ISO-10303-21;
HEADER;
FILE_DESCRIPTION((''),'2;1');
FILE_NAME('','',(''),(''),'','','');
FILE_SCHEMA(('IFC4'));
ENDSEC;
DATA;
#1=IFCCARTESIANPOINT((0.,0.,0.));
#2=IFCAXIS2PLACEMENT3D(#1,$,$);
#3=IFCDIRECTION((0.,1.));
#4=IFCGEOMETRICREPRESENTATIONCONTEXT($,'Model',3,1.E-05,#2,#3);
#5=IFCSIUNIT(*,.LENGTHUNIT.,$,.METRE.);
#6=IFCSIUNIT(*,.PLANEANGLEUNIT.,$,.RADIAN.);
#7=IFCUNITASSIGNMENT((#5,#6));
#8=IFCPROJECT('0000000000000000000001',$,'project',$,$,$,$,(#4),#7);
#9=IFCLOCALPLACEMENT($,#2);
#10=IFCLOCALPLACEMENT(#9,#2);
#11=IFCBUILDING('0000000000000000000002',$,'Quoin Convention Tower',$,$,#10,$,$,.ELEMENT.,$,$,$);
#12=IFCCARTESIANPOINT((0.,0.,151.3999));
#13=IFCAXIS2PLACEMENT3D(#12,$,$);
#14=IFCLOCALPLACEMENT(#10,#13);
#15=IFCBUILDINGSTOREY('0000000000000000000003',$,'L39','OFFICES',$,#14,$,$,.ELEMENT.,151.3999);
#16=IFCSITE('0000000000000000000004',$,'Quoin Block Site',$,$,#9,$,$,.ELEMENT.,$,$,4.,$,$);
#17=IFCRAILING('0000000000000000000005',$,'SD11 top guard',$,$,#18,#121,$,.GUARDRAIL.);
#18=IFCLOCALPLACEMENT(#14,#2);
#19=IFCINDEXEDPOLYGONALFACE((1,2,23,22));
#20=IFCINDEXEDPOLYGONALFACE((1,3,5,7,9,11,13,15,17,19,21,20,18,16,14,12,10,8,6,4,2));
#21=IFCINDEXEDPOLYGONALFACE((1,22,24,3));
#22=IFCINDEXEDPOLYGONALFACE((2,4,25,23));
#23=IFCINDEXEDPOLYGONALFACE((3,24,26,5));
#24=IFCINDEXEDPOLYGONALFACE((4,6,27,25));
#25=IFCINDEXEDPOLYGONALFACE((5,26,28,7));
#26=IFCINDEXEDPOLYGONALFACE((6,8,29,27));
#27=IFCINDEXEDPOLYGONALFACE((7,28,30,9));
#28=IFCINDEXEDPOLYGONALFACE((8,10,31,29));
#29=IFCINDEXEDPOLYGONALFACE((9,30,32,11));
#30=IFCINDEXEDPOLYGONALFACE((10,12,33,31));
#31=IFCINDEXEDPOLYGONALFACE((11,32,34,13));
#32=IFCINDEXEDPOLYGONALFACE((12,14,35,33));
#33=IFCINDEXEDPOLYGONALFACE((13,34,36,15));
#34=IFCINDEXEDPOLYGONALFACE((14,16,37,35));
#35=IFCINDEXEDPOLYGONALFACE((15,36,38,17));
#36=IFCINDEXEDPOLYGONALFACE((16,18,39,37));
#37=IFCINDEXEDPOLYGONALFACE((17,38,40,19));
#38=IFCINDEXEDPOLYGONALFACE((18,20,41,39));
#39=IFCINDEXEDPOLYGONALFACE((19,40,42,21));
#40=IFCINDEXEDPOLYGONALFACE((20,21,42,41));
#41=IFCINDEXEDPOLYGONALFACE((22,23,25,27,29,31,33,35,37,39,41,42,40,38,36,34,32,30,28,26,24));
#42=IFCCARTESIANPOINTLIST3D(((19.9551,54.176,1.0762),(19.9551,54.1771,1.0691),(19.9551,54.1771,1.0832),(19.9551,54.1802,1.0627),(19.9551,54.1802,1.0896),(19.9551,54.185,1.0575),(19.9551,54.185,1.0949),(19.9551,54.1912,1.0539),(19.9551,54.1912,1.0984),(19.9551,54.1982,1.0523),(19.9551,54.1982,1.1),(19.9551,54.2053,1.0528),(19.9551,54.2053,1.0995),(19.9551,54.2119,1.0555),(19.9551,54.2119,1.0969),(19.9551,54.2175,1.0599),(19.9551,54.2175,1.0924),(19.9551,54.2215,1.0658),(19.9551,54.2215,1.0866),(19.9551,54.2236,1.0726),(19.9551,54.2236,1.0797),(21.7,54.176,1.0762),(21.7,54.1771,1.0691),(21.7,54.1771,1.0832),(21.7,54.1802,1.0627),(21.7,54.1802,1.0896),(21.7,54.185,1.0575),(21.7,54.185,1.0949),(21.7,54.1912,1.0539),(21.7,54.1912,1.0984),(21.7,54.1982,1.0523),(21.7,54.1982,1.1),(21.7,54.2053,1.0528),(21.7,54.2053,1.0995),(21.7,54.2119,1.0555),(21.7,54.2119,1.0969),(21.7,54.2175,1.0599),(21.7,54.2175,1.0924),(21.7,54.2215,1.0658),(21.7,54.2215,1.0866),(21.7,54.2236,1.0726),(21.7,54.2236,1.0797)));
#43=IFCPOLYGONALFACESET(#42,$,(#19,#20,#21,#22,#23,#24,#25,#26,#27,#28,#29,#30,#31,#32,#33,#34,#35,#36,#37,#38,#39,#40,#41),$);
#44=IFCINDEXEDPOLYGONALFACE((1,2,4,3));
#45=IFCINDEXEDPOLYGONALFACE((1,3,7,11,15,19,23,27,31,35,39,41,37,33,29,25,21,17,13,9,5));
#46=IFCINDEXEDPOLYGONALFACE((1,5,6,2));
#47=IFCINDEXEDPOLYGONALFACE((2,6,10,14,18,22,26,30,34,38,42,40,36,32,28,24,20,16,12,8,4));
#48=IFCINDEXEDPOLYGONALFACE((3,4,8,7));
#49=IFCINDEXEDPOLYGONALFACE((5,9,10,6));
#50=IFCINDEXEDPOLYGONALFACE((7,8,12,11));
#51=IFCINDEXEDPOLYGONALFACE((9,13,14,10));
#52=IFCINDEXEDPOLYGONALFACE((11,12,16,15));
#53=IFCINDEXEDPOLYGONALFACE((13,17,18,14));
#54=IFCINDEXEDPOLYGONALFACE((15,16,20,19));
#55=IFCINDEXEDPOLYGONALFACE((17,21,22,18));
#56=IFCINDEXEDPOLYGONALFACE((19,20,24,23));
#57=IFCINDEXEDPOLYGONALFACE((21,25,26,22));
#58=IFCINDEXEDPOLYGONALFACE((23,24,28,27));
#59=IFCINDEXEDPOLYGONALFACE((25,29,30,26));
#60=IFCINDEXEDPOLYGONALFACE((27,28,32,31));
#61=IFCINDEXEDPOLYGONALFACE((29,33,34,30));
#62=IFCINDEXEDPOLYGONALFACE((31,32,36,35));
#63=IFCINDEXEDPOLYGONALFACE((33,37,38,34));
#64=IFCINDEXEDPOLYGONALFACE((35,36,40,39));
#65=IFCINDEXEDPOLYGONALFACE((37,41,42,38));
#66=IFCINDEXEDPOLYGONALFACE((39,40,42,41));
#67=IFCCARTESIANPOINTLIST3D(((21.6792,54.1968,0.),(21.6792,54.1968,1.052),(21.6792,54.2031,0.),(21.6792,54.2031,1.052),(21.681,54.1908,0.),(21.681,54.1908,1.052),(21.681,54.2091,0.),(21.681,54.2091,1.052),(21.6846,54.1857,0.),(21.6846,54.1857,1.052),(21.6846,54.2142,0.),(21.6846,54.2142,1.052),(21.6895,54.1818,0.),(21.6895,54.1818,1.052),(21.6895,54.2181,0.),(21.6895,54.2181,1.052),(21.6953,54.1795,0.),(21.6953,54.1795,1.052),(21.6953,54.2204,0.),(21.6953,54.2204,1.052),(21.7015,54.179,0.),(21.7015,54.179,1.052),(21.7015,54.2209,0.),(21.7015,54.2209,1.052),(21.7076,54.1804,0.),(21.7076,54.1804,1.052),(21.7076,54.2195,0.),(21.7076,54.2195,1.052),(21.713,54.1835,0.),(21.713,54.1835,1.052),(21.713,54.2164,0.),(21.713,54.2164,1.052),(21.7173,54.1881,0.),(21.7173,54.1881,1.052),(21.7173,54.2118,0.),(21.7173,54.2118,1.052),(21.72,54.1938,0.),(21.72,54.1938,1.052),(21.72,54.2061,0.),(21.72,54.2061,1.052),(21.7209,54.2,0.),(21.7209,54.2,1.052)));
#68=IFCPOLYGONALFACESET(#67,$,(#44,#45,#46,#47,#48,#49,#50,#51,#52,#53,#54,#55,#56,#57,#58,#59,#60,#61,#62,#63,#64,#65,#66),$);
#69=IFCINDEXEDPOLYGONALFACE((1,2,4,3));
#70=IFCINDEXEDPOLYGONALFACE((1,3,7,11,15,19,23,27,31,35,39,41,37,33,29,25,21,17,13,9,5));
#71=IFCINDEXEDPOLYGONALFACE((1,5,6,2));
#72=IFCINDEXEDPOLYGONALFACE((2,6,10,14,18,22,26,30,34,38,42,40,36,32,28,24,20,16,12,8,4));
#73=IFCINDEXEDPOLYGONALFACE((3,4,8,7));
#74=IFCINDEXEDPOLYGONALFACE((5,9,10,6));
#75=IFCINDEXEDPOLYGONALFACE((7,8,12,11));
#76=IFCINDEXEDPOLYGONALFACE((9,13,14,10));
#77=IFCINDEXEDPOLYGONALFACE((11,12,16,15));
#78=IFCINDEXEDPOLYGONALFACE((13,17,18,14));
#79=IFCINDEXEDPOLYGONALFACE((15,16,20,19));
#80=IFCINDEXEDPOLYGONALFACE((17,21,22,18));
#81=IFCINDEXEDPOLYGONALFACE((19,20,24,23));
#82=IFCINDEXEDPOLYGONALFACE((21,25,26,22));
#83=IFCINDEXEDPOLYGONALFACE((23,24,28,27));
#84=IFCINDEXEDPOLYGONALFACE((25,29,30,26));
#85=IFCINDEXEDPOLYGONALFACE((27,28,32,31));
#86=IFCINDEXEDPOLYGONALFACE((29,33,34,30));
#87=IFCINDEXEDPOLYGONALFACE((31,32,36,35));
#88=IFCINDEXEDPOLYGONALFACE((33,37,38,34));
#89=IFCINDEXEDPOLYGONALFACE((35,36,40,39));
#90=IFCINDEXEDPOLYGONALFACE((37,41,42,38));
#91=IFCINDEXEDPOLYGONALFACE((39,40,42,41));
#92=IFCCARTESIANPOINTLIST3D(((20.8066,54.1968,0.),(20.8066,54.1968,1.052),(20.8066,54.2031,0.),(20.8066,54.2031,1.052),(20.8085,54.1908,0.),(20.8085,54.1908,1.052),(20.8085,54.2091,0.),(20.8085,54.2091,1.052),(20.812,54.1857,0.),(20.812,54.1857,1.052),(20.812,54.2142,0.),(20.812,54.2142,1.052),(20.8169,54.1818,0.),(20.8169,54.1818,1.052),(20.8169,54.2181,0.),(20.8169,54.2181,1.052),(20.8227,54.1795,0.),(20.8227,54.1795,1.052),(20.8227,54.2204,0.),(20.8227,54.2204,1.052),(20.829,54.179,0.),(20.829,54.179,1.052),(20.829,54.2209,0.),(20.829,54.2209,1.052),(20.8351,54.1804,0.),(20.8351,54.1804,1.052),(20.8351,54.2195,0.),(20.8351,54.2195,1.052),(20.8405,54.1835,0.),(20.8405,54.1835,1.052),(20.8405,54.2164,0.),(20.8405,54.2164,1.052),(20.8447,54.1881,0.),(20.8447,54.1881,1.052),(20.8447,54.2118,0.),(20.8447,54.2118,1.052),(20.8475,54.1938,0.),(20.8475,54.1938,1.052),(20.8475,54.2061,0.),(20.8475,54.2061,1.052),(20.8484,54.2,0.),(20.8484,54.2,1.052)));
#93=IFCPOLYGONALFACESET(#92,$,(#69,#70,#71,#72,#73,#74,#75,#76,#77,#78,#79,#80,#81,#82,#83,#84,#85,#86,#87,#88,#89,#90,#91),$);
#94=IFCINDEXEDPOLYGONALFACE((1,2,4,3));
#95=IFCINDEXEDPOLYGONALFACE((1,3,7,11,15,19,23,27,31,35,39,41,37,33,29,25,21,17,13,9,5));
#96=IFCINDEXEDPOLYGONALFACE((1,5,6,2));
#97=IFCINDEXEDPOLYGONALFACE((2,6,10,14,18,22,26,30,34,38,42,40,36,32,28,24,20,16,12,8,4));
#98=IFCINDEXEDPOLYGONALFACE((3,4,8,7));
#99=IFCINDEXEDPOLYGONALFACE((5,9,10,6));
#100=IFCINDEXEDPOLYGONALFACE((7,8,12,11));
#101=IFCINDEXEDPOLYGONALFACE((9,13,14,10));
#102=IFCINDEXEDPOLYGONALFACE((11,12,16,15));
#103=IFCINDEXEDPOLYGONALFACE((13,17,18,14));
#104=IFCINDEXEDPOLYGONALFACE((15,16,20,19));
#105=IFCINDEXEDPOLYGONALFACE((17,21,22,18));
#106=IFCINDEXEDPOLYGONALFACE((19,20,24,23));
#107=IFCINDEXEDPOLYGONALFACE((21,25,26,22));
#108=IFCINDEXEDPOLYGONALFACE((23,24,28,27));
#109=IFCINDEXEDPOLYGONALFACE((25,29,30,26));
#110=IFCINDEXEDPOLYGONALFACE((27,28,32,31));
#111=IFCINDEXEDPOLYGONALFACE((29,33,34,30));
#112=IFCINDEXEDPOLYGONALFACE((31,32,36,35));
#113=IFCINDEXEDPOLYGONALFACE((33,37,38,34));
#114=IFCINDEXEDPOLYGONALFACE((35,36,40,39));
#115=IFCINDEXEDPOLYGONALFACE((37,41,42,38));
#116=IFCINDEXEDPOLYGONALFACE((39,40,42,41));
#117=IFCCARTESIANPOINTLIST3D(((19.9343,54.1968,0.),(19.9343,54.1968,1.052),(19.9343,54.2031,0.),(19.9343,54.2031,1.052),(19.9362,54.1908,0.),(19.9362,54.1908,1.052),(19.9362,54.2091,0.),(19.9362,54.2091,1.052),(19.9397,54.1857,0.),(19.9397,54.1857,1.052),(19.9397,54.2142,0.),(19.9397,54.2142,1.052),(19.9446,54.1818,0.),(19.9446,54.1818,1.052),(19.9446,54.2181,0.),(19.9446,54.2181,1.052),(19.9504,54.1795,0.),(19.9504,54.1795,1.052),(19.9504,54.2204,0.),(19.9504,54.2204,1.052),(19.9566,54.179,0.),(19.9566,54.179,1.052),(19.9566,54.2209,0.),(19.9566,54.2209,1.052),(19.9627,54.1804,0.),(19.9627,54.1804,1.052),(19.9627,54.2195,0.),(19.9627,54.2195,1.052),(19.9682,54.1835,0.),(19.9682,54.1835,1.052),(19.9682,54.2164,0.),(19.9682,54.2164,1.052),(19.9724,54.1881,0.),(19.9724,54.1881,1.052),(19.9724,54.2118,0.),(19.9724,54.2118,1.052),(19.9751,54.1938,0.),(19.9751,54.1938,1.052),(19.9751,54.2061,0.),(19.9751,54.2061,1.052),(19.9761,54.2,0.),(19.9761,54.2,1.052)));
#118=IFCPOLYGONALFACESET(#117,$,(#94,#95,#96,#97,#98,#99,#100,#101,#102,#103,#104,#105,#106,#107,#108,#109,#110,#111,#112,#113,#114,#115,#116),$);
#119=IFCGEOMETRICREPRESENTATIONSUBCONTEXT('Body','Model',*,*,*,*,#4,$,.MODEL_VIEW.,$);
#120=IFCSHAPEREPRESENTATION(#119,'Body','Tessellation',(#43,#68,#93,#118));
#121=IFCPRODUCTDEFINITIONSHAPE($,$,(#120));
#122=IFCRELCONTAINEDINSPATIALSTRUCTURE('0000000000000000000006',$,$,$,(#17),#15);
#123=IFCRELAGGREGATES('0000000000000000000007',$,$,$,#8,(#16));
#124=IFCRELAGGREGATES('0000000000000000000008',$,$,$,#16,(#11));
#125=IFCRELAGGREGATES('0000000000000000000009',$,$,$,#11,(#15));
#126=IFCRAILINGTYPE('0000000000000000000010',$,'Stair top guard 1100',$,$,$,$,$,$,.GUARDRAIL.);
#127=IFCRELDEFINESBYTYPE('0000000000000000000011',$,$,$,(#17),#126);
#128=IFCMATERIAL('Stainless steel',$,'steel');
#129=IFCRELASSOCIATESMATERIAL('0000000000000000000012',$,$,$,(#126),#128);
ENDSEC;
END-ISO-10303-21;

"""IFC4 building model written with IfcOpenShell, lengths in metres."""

from ifc_helpers import new_model, si_unit, direction, frame, origin, origin_2d, place, context, subcontext, project, spatial, circle, extrude, material, type_object, element, save


model = new_model("IFC4")

# Units and contexts
model_context = context("Model", 3, precision=1e-05, world=origin(), true_north=direction((0.0, 1.0)))
body_context = subcontext(model_context, "Body", "Model", "MODEL_VIEW")
ifc_project = project(units=[si_unit("LENGTHUNIT", "METRE"), si_unit("PLANEANGLEUNIT", "RADIAN")], contexts=[model_context])

# Site, building, storey
site_placement = place(None, origin())
site = spatial("IfcSite", under=ifc_project, at=site_placement, Name="Quoin Block Site", CompositionType="ELEMENT", RefElevation=4.0)
building_placement = place(site_placement, origin())
building = spatial("IfcBuilding", under=site, at=building_placement, Name="Quoin Convention Tower", CompositionType="ELEMENT")
storey_placement = place(building_placement, frame((0.0, 0.0, 151.3999)))
storey = spatial("IfcBuildingStorey", under=building, at=storey_placement, Name="L39", Description="OFFICES", CompositionType="ELEMENT", Elevation=151.3999)

# Railing
ifc_material_1 = material(Name="Stainless steel", Category="steel")
railing_type_1 = type_object("IfcRailingType", Name="Stair top guard 1100", PredefinedType="GUARDRAIL", material=ifc_material_1)
railing_1_placement = place(storey_placement, frame((21.7, 54.2, 0.0)))
element("IfcRailing", 1, at=railing_1_placement, inside=storey, type_object=railing_type_1, Name="SD11 top guard", PredefinedType="GUARDRAIL", context=body_context, shape_type="SweptSolid", body=[
    extrude(circle(Radius=0.0239, at=origin_2d()), frame((0.0, 0.0, 1.0762), z_axis=(-1.0, 0.0, 0.0), x_axis=(0.0, -1.0, 0.0)), (0.0, 0.0, 1.0), 1.7449),
    extrude(circle(Radius=0.021, at=origin_2d()), origin(), (0.0, 0.0, 1.0), 1.052),
    extrude(circle(Radius=0.021, at=origin_2d()), frame((-0.8726, 0.0, 0.0)), (0.0, 0.0, 1.0), 1.052),
    extrude(circle(Radius=0.021, at=origin_2d()), frame((-1.7449, 0.0, 0.0)), (0.0, 0.0, 1.0), 1.052),
])

save(model, "model.ifc")
